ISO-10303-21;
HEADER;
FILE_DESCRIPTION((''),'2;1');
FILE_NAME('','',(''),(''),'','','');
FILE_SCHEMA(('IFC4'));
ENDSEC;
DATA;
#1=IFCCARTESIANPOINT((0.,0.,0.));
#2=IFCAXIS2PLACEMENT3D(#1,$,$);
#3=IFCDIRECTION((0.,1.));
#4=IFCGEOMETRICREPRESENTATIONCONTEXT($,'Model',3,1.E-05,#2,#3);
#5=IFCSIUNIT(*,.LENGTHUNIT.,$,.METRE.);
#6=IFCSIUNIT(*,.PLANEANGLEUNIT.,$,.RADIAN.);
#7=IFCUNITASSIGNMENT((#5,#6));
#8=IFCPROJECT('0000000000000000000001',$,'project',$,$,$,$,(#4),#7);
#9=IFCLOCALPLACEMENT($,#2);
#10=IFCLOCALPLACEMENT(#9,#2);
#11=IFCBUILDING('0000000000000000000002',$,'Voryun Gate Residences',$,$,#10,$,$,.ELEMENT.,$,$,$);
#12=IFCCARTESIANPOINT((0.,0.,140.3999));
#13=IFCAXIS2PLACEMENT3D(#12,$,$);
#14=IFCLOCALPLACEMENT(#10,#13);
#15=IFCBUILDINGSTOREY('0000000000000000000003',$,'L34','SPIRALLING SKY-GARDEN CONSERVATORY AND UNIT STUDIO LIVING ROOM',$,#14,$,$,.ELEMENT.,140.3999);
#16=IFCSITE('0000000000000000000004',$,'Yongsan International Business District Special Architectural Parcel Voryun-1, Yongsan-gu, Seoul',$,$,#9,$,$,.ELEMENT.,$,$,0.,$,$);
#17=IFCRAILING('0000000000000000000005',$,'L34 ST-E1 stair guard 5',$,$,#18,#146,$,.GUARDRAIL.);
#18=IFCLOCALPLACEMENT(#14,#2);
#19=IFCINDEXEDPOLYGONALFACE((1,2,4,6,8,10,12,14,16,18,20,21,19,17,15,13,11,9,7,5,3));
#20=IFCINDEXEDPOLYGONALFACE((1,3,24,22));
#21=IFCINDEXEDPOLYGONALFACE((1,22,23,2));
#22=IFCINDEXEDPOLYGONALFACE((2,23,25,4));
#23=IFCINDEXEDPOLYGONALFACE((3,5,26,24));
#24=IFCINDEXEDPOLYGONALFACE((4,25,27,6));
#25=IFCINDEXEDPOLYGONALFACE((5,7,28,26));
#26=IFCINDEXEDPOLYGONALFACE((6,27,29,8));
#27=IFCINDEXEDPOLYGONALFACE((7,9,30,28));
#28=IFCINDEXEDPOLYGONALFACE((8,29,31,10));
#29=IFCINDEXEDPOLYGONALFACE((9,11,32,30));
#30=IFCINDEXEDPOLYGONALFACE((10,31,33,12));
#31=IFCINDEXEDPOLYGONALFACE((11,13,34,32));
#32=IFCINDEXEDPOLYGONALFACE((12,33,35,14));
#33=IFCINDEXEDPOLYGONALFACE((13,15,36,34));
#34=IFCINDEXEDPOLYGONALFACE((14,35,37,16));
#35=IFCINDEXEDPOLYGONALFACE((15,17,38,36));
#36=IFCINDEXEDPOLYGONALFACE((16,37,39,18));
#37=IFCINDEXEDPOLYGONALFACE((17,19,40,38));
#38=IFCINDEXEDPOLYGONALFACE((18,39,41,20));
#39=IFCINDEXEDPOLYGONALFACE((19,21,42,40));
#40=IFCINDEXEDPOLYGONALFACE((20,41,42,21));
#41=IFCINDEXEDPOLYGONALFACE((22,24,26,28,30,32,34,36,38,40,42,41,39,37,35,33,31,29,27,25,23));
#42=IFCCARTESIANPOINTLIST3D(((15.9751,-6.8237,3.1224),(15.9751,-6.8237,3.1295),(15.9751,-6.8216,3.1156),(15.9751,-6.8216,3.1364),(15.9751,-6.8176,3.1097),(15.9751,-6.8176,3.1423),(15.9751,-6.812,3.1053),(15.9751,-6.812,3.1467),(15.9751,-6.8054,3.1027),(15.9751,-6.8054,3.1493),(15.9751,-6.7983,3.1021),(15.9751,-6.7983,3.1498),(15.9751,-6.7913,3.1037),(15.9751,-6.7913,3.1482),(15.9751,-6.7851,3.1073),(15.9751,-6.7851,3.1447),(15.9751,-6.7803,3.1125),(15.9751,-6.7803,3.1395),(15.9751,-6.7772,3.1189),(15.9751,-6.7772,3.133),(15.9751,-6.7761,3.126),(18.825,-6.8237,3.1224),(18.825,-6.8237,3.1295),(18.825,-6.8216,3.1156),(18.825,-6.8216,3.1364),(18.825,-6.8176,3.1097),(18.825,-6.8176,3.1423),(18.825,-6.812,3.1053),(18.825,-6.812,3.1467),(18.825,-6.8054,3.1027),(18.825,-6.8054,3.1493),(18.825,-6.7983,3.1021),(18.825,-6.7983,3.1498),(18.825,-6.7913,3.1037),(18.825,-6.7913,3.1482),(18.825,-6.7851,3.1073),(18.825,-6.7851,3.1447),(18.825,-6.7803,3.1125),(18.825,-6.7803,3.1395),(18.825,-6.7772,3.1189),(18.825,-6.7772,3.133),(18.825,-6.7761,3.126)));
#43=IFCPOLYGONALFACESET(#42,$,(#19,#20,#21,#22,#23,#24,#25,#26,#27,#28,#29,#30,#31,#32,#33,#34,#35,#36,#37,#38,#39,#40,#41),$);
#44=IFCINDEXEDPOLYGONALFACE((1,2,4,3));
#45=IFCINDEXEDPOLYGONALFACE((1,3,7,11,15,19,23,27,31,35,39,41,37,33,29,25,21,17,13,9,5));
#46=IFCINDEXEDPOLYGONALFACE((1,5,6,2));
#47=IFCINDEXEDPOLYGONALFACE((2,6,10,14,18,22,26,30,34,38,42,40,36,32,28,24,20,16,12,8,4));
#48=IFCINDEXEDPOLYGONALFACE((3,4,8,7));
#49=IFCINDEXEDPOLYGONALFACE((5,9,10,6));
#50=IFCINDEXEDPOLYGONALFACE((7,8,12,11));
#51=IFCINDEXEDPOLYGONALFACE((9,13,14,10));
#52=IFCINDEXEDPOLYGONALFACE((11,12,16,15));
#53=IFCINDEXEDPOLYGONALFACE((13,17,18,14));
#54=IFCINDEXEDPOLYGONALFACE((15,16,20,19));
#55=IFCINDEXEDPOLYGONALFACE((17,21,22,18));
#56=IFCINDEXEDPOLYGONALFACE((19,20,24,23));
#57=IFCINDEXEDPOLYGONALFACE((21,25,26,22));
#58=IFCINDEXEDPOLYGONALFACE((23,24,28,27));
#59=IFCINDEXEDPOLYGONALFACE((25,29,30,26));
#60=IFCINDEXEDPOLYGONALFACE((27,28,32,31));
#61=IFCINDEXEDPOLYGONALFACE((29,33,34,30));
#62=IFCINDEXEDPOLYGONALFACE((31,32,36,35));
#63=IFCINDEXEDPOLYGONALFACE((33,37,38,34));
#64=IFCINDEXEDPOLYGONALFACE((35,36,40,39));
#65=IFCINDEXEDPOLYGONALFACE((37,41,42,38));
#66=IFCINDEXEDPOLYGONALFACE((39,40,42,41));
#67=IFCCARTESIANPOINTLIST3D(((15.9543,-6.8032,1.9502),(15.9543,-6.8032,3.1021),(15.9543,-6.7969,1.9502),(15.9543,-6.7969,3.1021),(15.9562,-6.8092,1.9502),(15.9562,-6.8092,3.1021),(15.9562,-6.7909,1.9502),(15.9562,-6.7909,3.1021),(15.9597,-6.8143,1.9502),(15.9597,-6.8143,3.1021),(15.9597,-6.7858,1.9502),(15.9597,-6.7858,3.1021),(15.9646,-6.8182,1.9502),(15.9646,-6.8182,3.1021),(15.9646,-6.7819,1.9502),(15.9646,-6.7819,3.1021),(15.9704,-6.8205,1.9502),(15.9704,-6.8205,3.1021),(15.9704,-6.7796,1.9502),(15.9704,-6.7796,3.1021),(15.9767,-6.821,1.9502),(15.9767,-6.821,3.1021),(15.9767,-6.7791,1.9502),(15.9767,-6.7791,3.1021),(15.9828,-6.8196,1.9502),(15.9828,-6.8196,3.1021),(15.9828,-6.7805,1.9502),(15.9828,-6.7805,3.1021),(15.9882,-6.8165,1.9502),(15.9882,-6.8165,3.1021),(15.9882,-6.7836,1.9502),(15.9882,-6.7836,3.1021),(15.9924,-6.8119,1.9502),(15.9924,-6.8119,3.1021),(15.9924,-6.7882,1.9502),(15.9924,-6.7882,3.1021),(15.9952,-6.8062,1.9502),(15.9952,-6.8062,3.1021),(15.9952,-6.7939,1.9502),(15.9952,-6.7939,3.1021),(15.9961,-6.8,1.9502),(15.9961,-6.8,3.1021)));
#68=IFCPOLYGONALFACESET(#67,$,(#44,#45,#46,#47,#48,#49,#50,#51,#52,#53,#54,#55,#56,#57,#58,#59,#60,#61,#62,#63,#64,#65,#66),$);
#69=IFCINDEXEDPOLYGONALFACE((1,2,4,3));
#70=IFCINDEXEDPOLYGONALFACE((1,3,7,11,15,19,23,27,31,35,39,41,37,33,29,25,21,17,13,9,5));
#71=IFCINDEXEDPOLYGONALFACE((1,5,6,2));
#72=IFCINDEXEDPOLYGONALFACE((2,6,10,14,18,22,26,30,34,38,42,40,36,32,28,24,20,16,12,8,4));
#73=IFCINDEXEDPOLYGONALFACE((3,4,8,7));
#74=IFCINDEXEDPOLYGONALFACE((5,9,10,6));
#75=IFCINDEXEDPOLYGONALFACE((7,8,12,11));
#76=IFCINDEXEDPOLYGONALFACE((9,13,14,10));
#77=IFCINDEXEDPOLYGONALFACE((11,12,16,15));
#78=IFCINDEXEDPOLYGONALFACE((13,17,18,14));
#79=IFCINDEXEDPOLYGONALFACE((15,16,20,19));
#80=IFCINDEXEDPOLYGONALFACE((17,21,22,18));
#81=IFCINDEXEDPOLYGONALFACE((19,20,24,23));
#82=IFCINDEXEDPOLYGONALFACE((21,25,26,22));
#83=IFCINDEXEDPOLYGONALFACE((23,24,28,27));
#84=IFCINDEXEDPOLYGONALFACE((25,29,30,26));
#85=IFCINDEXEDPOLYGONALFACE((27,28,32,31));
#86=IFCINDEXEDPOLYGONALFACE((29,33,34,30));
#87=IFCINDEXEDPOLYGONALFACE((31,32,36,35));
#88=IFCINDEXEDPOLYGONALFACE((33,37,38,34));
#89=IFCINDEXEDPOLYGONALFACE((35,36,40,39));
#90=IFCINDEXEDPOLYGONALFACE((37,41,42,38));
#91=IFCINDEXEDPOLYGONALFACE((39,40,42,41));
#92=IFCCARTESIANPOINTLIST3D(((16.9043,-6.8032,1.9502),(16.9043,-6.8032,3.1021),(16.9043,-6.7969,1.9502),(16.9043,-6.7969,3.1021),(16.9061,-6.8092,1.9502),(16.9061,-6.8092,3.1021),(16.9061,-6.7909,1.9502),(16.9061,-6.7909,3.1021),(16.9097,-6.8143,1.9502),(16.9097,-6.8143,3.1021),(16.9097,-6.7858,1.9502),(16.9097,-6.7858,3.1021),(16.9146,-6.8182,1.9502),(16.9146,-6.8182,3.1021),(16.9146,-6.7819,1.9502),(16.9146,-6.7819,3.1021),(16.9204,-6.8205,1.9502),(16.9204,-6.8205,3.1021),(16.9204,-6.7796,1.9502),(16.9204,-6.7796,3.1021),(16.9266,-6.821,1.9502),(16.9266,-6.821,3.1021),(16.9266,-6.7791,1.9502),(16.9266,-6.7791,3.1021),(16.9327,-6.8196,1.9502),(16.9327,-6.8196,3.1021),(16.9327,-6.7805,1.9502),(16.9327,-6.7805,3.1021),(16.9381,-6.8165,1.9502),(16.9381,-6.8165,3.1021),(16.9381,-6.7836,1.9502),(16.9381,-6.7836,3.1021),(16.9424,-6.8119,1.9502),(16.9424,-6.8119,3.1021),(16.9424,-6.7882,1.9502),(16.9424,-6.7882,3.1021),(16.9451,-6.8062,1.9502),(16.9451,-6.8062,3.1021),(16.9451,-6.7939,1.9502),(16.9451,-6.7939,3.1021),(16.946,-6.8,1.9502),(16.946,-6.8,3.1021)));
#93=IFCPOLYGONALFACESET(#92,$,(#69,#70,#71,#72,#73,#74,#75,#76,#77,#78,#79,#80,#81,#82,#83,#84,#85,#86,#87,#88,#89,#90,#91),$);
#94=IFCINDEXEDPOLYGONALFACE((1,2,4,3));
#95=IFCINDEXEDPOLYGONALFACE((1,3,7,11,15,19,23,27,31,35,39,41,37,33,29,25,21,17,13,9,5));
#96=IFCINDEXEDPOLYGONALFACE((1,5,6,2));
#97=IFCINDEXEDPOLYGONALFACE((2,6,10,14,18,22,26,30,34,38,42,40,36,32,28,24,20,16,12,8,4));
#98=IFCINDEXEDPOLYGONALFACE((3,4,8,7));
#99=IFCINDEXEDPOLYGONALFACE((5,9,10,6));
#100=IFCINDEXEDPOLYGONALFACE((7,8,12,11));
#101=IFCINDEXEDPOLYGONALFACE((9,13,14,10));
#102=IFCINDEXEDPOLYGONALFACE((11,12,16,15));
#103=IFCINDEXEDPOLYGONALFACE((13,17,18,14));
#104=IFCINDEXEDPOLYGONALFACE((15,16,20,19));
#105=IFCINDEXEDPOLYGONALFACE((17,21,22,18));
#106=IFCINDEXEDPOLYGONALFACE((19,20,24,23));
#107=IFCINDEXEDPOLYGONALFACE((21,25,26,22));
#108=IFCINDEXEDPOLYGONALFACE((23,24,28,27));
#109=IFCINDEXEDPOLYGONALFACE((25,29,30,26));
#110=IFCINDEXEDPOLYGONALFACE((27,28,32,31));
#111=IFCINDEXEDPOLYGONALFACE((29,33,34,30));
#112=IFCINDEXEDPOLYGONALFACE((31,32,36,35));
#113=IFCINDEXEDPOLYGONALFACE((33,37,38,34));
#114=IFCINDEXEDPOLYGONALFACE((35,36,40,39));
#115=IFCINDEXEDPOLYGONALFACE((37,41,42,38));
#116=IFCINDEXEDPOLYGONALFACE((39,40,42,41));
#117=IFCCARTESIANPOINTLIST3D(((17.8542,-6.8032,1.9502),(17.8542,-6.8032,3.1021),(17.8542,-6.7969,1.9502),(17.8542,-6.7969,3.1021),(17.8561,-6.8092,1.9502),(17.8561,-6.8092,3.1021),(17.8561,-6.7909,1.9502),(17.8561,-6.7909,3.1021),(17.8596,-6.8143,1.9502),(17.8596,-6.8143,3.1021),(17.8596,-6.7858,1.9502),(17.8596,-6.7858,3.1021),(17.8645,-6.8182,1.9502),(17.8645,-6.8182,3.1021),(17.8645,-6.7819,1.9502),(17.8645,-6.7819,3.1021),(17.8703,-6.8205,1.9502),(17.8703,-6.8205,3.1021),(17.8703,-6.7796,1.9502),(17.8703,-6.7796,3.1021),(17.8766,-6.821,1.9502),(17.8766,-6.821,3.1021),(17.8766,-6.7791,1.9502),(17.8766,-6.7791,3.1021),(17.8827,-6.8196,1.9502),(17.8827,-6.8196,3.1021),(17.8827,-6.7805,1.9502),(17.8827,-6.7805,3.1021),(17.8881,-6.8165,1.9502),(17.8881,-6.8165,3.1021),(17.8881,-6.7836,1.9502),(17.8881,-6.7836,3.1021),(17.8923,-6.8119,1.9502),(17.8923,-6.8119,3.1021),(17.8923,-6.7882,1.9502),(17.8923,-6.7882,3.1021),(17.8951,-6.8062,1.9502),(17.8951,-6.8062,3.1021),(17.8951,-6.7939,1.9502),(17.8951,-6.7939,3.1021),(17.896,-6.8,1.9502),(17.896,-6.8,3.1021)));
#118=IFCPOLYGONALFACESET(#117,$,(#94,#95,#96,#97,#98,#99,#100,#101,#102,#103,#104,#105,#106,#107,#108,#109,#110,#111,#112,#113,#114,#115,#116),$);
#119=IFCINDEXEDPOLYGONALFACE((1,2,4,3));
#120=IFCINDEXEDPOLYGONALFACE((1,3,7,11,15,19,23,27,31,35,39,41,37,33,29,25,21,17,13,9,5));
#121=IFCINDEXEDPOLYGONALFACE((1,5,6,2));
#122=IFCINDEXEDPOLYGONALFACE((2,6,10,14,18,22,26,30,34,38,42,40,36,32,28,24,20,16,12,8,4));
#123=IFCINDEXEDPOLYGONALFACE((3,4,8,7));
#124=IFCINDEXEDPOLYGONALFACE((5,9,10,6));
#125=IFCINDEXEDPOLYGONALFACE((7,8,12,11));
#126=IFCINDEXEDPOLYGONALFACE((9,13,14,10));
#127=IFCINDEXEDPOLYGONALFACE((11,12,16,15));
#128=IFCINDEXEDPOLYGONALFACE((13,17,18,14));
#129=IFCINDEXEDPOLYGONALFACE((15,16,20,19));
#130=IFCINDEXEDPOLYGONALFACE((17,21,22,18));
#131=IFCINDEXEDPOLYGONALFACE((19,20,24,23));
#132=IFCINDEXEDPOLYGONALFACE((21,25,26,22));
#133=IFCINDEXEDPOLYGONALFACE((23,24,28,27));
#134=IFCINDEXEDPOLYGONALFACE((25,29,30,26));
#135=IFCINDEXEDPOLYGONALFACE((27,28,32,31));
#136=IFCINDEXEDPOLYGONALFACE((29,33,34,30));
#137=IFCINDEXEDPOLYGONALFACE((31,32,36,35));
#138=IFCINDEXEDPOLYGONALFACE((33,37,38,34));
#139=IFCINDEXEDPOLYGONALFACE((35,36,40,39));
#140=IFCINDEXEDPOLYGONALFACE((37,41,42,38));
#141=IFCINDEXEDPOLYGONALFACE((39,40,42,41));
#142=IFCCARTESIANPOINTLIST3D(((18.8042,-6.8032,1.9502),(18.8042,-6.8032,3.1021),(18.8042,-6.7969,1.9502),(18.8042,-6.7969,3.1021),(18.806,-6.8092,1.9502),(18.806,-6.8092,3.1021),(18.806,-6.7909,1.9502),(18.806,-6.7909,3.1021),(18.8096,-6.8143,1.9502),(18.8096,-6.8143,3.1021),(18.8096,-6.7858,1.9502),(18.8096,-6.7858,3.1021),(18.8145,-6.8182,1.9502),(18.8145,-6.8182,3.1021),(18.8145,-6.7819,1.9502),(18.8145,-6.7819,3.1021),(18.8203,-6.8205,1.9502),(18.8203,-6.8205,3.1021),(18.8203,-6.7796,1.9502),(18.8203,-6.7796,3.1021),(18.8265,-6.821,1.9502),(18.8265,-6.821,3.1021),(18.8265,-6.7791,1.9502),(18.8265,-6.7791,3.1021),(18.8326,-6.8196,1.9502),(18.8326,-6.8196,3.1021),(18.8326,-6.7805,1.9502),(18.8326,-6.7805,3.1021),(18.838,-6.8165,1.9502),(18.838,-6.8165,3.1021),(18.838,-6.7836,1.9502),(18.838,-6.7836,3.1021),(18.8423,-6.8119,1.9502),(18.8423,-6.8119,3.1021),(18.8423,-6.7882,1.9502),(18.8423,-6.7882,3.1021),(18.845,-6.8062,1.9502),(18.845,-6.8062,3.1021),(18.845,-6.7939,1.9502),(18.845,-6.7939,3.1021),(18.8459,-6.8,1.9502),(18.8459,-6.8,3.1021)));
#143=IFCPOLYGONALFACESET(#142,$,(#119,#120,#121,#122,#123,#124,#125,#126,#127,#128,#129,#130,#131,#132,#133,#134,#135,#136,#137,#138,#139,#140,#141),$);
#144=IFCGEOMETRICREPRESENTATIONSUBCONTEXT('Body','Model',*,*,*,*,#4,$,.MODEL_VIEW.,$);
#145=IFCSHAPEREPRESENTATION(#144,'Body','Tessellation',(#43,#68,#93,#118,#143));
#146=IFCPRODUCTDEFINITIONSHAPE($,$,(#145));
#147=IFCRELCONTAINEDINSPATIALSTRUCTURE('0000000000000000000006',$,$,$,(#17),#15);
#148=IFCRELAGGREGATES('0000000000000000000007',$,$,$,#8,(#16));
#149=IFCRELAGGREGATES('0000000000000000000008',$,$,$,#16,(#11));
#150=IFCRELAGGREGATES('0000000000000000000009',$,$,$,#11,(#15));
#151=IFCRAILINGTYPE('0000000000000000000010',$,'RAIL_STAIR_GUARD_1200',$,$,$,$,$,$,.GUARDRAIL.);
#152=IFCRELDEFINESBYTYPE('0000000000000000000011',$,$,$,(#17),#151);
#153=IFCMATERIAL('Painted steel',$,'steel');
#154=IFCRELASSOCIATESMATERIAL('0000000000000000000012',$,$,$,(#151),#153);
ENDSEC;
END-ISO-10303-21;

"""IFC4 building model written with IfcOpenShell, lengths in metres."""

from ifc_helpers import new_model, si_unit, direction, frame, origin, origin_2d, place, context, subcontext, project, spatial, circle, extrude, material, type_object, element, save


model = new_model("IFC4")

# Units and contexts
model_context = context("Model", 3, precision=1e-05, world=origin(), true_north=direction((0.0, 1.0)))
body_context = subcontext(model_context, "Body", "Model", "MODEL_VIEW")
ifc_project = project(units=[si_unit("LENGTHUNIT", "METRE"), si_unit("PLANEANGLEUNIT", "RADIAN")], contexts=[model_context])

# Site, building, storey
site_placement = place(None, origin())
site = spatial("IfcSite", under=ifc_project, at=site_placement, Name="Yongsan International Business District Special Architectural Parcel Voryun-1, Yongsan-gu, Seoul", CompositionType="ELEMENT", RefElevation=0.0)
building_placement = place(site_placement, origin())
building = spatial("IfcBuilding", under=site, at=building_placement, Name="Voryun Gate Residences", CompositionType="ELEMENT")
storey_placement = place(building_placement, frame((0.0, 0.0, 140.3999)))
storey = spatial("IfcBuildingStorey", under=building, at=storey_placement, Name="L34", Description="SPIRALLING SKY-GARDEN CONSERVATORY AND UNIT STUDIO LIVING ROOM", CompositionType="ELEMENT", Elevation=140.3999)

# Railing
ifc_material_1 = material(Name="Painted steel", Category="steel")
railing_type_1 = type_object("IfcRailingType", Name="RAIL_STAIR_GUARD_1200", PredefinedType="GUARDRAIL", material=ifc_material_1)
railing_1_placement = place(storey_placement, frame((15.9751, -6.8, 1.9502)))
element("IfcRailing", 1, at=railing_1_placement, inside=storey, type_object=railing_type_1, Name="L34 ST-E1 stair guard 5", PredefinedType="GUARDRAIL", context=body_context, shape_type="SweptSolid", body=[
    extrude(circle(Radius=0.0239, at=origin_2d()), frame((0.0, 0.0, 1.1758), z_axis=(1.0, 0.0, 0.0), x_axis=(0.0, 1.0, 0.0)), (0.0, 0.0, 1.0), 2.8499),
    extrude(circle(Radius=0.021, at=origin_2d()), origin(), (0.0, 0.0, 1.0), 1.1519),
    extrude(circle(Radius=0.021, at=origin_2d()), frame((0.95, 0.0, 0.0)), (0.0, 0.0, 1.0), 1.1519),
    extrude(circle(Radius=0.021, at=origin_2d()), frame((1.8999, 0.0, 0.0)), (0.0, 0.0, 1.0), 1.1519),
    extrude(circle(Radius=0.021, at=origin_2d()), frame((2.8499, 0.0, 0.0)), (0.0, 0.0, 1.0), 1.1519),
])

save(model, "model.ifc")
